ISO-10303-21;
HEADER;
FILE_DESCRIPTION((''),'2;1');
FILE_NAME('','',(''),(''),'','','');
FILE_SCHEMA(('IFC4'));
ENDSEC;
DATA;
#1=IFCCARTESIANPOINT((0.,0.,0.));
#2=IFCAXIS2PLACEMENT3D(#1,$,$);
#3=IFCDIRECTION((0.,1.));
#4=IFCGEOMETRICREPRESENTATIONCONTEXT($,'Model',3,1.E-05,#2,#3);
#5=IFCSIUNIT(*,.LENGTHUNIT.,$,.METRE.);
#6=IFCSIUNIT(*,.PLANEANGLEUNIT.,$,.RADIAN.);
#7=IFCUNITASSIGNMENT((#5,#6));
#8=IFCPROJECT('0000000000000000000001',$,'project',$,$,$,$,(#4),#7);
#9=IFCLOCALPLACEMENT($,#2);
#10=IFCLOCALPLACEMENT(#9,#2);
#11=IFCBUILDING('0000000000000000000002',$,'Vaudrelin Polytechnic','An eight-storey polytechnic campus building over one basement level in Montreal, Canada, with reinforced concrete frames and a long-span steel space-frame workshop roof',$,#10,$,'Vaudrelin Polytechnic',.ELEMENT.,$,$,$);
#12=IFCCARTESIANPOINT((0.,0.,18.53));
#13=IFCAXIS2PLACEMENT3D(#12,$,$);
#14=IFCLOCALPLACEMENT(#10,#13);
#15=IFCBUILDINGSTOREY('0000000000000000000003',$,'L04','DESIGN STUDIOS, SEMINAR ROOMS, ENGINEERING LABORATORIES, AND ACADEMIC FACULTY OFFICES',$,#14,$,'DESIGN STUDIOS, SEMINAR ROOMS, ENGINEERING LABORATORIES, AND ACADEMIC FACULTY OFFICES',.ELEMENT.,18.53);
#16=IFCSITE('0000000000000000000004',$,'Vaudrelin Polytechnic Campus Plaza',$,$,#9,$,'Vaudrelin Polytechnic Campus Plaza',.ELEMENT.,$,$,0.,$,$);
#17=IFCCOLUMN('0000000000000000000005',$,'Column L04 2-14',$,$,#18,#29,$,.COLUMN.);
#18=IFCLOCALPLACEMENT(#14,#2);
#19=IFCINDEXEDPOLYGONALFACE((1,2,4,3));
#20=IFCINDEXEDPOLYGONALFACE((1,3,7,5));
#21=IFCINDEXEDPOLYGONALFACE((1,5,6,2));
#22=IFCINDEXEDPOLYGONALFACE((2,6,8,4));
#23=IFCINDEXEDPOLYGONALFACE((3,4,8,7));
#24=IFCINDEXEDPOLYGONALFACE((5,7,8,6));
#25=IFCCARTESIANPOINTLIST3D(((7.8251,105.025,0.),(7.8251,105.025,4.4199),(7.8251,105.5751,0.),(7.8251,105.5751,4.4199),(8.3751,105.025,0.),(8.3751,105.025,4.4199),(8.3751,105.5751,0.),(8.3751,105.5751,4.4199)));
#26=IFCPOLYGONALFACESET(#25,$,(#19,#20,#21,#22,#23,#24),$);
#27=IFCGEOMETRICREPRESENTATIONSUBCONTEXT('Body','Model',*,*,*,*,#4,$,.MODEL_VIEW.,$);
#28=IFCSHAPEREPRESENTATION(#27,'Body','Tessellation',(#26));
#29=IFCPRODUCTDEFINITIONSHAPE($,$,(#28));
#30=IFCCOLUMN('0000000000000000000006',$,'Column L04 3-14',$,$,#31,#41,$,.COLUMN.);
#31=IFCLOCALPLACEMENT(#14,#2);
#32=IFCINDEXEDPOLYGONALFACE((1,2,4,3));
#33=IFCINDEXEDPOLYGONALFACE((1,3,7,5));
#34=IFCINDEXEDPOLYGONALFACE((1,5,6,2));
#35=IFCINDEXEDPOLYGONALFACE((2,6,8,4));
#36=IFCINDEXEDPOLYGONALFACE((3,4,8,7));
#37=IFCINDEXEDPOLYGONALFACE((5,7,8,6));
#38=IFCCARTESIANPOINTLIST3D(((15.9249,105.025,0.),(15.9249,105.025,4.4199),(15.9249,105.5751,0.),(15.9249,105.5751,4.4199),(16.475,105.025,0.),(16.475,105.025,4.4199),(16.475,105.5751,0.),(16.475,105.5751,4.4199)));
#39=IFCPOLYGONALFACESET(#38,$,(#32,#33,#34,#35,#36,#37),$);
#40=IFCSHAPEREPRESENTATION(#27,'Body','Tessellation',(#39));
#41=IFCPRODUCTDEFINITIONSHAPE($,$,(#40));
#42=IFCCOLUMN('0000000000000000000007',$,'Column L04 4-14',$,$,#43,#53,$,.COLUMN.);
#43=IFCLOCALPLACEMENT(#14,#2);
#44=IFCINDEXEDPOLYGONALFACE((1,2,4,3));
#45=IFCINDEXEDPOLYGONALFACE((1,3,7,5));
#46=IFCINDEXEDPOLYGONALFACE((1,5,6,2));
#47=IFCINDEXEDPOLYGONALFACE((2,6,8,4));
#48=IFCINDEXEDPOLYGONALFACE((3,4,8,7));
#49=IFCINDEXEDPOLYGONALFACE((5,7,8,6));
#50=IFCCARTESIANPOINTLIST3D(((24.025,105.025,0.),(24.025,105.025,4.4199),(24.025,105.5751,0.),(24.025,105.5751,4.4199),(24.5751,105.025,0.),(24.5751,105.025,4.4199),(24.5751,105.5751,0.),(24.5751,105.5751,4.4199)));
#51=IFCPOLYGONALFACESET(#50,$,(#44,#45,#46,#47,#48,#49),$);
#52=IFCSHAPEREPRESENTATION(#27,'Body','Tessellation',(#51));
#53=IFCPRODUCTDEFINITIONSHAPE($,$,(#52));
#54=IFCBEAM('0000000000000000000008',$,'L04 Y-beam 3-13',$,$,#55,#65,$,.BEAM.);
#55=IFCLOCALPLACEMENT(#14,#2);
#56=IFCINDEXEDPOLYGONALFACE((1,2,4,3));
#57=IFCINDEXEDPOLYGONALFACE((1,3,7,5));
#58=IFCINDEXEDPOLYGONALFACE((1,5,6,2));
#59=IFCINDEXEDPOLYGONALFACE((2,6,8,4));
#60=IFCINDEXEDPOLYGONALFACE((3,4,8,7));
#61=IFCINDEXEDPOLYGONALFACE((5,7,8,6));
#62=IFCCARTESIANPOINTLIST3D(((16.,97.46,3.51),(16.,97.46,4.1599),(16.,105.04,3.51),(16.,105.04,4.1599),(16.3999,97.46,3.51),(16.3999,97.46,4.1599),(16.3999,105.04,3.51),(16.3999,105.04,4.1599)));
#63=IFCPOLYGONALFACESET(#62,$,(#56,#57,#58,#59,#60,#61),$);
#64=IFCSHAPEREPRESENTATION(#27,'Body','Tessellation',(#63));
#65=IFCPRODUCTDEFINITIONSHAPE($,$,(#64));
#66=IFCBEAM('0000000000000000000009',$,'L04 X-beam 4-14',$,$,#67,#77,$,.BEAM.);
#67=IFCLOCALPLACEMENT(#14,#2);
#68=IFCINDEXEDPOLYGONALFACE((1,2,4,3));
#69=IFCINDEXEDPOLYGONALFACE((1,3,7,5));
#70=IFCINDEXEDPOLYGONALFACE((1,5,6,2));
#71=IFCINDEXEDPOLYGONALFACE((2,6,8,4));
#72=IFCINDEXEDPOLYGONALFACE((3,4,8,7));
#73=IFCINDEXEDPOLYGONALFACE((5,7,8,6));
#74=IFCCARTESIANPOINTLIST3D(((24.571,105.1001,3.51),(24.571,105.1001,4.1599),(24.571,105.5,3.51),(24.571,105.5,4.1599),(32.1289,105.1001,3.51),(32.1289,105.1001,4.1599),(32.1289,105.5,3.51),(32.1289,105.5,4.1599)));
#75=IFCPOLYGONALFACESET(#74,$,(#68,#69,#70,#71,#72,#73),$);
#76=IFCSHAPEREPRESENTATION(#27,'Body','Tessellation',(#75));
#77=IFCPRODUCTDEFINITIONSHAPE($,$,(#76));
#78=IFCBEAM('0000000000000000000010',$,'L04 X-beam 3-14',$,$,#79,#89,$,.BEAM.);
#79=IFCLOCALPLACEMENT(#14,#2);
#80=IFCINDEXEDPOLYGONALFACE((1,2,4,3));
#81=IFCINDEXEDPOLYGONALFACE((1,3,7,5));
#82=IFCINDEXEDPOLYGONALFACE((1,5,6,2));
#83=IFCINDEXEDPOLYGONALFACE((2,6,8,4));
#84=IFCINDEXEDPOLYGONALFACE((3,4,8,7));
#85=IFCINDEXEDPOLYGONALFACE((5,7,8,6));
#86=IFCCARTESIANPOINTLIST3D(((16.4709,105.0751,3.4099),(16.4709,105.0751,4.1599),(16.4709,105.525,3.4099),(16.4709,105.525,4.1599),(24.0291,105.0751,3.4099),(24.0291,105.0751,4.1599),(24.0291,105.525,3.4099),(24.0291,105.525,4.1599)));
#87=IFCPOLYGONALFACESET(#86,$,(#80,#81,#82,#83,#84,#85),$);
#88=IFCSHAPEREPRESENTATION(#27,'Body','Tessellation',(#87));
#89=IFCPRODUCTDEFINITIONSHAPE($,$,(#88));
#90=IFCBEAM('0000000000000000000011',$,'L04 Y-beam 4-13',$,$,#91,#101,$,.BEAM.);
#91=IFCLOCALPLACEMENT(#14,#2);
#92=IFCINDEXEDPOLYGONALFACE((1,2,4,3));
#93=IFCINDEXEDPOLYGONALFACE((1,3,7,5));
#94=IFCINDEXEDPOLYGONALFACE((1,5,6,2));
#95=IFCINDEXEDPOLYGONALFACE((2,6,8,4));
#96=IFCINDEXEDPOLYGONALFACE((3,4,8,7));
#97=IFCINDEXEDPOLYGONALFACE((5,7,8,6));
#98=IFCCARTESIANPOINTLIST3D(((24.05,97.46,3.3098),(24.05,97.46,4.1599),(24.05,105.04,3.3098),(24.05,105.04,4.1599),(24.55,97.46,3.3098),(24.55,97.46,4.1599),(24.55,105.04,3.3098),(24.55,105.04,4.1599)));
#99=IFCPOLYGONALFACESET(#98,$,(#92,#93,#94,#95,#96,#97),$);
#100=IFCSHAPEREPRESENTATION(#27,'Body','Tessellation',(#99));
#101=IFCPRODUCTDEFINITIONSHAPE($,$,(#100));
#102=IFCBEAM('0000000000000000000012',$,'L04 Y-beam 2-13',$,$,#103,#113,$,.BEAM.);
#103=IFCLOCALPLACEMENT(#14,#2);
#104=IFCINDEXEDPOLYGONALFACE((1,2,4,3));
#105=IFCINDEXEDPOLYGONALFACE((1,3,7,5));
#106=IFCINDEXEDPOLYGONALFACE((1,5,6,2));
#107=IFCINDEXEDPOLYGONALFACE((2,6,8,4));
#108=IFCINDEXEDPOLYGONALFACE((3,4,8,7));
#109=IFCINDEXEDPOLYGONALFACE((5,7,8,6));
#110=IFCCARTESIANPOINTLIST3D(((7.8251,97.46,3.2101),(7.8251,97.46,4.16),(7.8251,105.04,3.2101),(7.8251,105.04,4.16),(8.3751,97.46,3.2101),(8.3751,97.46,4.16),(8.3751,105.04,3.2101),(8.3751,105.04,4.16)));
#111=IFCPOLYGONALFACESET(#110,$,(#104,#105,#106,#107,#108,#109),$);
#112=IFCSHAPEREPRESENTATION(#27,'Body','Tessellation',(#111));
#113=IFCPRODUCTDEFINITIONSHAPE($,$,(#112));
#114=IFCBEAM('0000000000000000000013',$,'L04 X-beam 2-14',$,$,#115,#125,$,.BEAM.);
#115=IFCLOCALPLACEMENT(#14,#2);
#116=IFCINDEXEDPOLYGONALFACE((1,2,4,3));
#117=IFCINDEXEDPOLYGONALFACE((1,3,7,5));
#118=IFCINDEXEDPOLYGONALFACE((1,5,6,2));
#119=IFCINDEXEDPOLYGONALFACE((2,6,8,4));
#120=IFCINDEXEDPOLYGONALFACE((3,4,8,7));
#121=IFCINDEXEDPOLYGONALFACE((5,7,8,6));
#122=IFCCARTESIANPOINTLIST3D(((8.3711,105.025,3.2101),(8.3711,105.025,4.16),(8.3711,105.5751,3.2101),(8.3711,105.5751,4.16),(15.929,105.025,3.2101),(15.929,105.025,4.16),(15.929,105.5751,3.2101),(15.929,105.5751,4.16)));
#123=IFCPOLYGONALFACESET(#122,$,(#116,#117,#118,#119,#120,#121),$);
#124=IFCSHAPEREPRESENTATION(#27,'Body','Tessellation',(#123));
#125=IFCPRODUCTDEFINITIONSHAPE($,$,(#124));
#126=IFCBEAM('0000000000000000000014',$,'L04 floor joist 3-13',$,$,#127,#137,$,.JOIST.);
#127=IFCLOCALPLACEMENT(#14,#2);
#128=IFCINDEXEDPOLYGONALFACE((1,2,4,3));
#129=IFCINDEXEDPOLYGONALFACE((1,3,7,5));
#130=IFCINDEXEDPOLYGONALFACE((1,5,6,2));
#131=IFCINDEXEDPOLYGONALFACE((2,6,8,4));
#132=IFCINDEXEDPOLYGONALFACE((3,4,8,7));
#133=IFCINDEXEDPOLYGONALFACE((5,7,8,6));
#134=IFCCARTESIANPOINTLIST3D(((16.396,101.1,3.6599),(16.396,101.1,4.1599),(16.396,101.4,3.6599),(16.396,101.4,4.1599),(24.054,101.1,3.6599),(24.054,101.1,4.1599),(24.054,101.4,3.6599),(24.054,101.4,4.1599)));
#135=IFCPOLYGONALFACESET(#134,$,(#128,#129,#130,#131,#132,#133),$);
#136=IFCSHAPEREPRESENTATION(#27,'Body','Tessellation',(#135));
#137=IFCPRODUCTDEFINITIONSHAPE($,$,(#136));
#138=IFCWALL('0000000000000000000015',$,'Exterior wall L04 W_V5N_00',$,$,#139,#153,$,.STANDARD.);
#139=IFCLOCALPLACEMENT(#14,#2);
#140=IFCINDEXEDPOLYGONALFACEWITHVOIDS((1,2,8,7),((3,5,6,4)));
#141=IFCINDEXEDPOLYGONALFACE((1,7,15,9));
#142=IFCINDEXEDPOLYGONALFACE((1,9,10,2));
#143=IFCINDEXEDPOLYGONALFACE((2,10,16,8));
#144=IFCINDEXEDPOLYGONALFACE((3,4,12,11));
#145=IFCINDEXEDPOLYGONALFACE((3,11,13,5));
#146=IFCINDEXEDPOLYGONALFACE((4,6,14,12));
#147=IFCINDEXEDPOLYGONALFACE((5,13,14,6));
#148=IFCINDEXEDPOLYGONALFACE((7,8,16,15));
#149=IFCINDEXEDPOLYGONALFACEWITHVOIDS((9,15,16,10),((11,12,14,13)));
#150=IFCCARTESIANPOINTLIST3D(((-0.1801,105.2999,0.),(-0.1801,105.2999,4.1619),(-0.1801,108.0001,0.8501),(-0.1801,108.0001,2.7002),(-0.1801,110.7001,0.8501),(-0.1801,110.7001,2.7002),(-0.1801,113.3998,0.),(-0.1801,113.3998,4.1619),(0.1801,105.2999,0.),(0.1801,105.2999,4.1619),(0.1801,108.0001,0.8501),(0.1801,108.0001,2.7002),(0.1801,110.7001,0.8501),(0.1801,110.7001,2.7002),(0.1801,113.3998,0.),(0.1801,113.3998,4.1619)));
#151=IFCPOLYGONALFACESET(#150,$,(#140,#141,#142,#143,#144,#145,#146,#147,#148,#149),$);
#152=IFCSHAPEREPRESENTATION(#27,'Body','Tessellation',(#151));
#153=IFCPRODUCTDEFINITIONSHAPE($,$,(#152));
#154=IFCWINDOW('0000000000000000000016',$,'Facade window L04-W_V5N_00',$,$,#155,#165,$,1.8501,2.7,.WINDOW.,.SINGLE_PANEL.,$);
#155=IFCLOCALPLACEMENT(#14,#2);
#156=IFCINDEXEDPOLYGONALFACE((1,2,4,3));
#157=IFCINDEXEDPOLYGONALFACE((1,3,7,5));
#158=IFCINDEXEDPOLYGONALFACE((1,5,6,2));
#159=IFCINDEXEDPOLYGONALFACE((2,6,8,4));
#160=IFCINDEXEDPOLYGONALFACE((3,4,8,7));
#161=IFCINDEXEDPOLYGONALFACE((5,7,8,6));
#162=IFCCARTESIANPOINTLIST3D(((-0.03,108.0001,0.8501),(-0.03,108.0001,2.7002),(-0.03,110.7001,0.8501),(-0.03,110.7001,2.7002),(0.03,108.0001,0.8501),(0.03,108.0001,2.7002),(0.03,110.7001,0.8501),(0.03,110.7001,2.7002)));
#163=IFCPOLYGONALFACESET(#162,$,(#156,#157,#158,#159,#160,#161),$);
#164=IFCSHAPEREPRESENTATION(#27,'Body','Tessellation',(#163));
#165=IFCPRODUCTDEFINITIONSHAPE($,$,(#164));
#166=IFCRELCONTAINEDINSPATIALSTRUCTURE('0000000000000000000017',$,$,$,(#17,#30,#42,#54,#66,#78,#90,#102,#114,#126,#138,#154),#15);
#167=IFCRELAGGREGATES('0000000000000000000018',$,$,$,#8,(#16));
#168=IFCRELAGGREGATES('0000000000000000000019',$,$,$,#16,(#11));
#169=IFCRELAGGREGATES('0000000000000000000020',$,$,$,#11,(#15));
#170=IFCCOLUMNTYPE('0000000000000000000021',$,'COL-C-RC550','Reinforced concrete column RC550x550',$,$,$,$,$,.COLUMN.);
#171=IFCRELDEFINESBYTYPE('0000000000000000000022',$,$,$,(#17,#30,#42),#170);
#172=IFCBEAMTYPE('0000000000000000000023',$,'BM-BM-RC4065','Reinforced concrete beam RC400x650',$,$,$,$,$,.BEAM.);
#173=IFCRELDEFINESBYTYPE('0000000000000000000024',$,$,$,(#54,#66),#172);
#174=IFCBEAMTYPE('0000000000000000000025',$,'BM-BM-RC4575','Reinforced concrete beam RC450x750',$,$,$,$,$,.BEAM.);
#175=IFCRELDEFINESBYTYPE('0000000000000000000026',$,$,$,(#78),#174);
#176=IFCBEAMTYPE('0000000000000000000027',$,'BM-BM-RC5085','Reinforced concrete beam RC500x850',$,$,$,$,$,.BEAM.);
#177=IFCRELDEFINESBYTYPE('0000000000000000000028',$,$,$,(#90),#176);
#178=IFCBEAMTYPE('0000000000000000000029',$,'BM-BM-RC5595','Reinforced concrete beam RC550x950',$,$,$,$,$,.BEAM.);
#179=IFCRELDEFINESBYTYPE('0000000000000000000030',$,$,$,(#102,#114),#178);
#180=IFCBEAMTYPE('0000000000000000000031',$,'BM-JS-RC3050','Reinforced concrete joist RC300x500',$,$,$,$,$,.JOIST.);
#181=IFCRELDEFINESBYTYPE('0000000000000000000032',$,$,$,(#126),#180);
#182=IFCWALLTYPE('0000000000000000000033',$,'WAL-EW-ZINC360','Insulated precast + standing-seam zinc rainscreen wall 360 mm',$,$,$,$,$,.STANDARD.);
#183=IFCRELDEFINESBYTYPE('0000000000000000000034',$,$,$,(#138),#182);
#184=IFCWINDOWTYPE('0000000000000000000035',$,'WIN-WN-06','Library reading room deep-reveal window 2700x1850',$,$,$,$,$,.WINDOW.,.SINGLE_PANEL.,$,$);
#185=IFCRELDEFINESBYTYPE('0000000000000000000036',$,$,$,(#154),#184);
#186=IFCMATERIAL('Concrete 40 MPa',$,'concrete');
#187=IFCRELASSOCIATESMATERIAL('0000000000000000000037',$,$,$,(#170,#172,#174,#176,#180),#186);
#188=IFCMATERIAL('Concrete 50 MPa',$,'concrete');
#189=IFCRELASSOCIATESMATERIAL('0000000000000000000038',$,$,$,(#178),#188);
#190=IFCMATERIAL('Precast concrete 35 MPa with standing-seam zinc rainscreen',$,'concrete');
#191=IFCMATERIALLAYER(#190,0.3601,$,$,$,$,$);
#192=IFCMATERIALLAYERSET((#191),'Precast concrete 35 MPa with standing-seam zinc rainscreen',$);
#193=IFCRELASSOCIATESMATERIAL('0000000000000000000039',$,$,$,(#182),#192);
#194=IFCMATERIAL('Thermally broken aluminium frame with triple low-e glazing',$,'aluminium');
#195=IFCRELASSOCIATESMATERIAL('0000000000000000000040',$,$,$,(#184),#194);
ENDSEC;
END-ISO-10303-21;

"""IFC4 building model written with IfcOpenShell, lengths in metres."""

from ifc_helpers import new_model, si_unit, direction, frame, frame_2d, origin, origin_2d, place, context, subcontext, project, spatial, rectangle, extrude, material, layer, layer_set, material_profile, profile_set, type_object, element, fill, save


model = new_model("IFC4")

# Units and contexts
model_context = context("Model", 3, precision=1e-05, world=origin(), true_north=direction((0.0, 1.0)))
body_context = subcontext(model_context, "Body", "Model", "MODEL_VIEW")
ifc_project = project(units=[si_unit("LENGTHUNIT", "METRE"), si_unit("PLANEANGLEUNIT", "RADIAN")], contexts=[model_context])

# Site, building, storey
site_placement = place(None, origin())
site = spatial("IfcSite", under=ifc_project, at=site_placement, Name="Vaudrelin Polytechnic Campus Plaza", LongName="Vaudrelin Polytechnic Campus Plaza", CompositionType="ELEMENT", RefElevation=0.0)
building_placement = place(site_placement, origin())
building = spatial("IfcBuilding", under=site, at=building_placement, Name="Vaudrelin Polytechnic", Description="An eight-storey polytechnic campus building over one basement level in Montreal, Canada, with reinforced concrete frames and a long-span steel space-frame workshop roof", LongName="Vaudrelin Polytechnic", CompositionType="ELEMENT")
storey_placement = place(building_placement, frame((0.0, 0.0, 18.53)))
storey = spatial("IfcBuildingStorey", under=building, at=storey_placement, Name="L04", Description="DESIGN STUDIOS, SEMINAR ROOMS, ENGINEERING LABORATORIES, AND ACADEMIC FACULTY OFFICES", LongName="DESIGN STUDIOS, SEMINAR ROOMS, ENGINEERING LABORATORIES, AND ACADEMIC FACULTY OFFICES", CompositionType="ELEMENT", Elevation=18.53)

# Columns
ifc_material_1 = material(Name="Concrete 40 MPa", Category="concrete")
ifc_material_profile_1 = material_profile(ifc_material_1, rectangle(XDim=0.55, YDim=0.55, at=origin_2d()), Name="RC550x550")
ifc_profile_set_1 = profile_set([ifc_material_profile_1], Name="Concrete 40 MPa")
column_type = type_object("IfcColumnType", Name="COL-C-RC550", Description="Reinforced concrete column RC550x550", PredefinedType="COLUMN", material=ifc_profile_set_1)
for number, where, z_axis, x_axis, name in (
    (1, (8.1001, 105.3, 0.0), (0.0, 0.0, 1.0), (1.0, 0.0, 0.0), "Column L04 2-14"),
    (2, (16.2, 105.3, 0.0), (0.0, 0.0, 1.0), (1.0, 0.0, 0.0), "Column L04 3-14"),
    (3, (24.3, 105.3, 0.0), (0.0, 0.0, 1.0), (1.0, 0.0, 0.0), "Column L04 4-14"),
):
    element("IfcColumn", number, at=place(storey_placement, frame(where, z_axis=z_axis, x_axis=x_axis)), inside=storey, type_object=column_type, Name=name, PredefinedType="COLUMN", context=body_context, shape_type="SweptSolid", body=[
        extrude(rectangle(XDim=0.55, YDim=0.55, at=origin_2d()), origin(), (0.0, 0.0, 1.0), 4.4199),
    ])

# Beams
ifc_material_profile_2 = material_profile(ifc_material_1, rectangle(XDim=0.3999, YDim=0.6499, at=origin_2d()), Name="RC400x650")
ifc_profile_set_2 = profile_set([ifc_material_profile_2], Name="Concrete 40 MPa")
beam_type_1 = type_object("IfcBeamType", Name="BM-BM-RC4065", Description="Reinforced concrete beam RC400x650", PredefinedType="BEAM", material=ifc_profile_set_2)
beam_1_placement = place(storey_placement, frame((16.2, 97.46, 3.835), z_axis=(0.0, 1.0, 0.0), x_axis=(-1.0, 0.0, 0.0)))
element("IfcBeam", 4, at=beam_1_placement, inside=storey, type_object=beam_type_1, Name="L04 Y-beam 3-13", PredefinedType="BEAM", context=body_context, shape_type="SweptSolid", body=[
    extrude(rectangle(XDim=0.3999, YDim=0.6499, at=origin_2d()), origin(), (0.0, 0.0, 1.0), 7.5801),
])
beam_2_placement = place(storey_placement, frame((24.571, 105.3, 3.835), z_axis=(1.0, 0.0, 0.0), x_axis=(0.0, 1.0, 0.0)))
element("IfcBeam", 5, at=beam_2_placement, inside=storey, type_object=beam_type_1, Name="L04 X-beam 4-14", PredefinedType="BEAM", context=body_context, shape_type="SweptSolid", body=[
    extrude(rectangle(XDim=0.3999, YDim=0.6499, at=origin_2d()), origin(), (0.0, 0.0, 1.0), 7.5579),
])
ifc_material_profile_3 = material_profile(ifc_material_1, rectangle(XDim=0.45, YDim=0.75, at=origin_2d()), Name="RC450x750")
ifc_profile_set_3 = profile_set([ifc_material_profile_3], Name="Concrete 40 MPa")
beam_type_2 = type_object("IfcBeamType", Name="BM-BM-RC4575", Description="Reinforced concrete beam RC450x750", PredefinedType="BEAM", material=ifc_profile_set_3)
beam_3_placement = place(storey_placement, frame((16.4709, 105.3, 3.7849), z_axis=(1.0, 0.0, 0.0), x_axis=(0.0, 1.0, 0.0)))
element("IfcBeam", 6, at=beam_3_placement, inside=storey, type_object=beam_type_2, Name="L04 X-beam 3-14", PredefinedType="BEAM", context=body_context, shape_type="SweptSolid", body=[
    extrude(rectangle(XDim=0.45, YDim=0.75, at=origin_2d()), origin(), (0.0, 0.0, 1.0), 7.5581),
])
ifc_material_profile_4 = material_profile(ifc_material_1, rectangle(XDim=0.5, YDim=0.8501, at=origin_2d()), Name="RC500x850")
ifc_profile_set_4 = profile_set([ifc_material_profile_4], Name="Concrete 40 MPa")
beam_type_3 = type_object("IfcBeamType", Name="BM-BM-RC5085", Description="Reinforced concrete beam RC500x850", PredefinedType="BEAM", material=ifc_profile_set_4)
beam_4_placement = place(storey_placement, frame((24.3, 97.46, 3.7349), z_axis=(0.0, 1.0, 0.0), x_axis=(-1.0, 0.0, 0.0)))
element("IfcBeam", 7, at=beam_4_placement, inside=storey, type_object=beam_type_3, Name="L04 Y-beam 4-13", PredefinedType="BEAM", context=body_context, shape_type="SweptSolid", body=[
    extrude(rectangle(XDim=0.5, YDim=0.8501, at=origin_2d()), origin(), (0.0, 0.0, 1.0), 7.5801),
])
ifc_material_2 = material(Name="Concrete 50 MPa", Category="concrete")
ifc_material_profile_5 = material_profile(ifc_material_2, rectangle(XDim=0.55, YDim=0.95, at=origin_2d()), Name="RC550x950")
ifc_profile_set_5 = profile_set([ifc_material_profile_5], Name="Concrete 50 MPa")
beam_type_4 = type_object("IfcBeamType", Name="BM-BM-RC5595", Description="Reinforced concrete beam RC550x950", PredefinedType="BEAM", material=ifc_profile_set_5)
beam_5_placement = place(storey_placement, frame((8.1001, 97.46, 3.6851), z_axis=(0.0, 1.0, 0.0), x_axis=(-1.0, 0.0, 0.0)))
element("IfcBeam", 8, at=beam_5_placement, inside=storey, type_object=beam_type_4, Name="L04 Y-beam 2-13", PredefinedType="BEAM", context=body_context, shape_type="SweptSolid", body=[
    extrude(rectangle(XDim=0.55, YDim=0.95, at=origin_2d()), origin(), (0.0, 0.0, 1.0), 7.5801),
])
beam_6_placement = place(storey_placement, frame((8.3711, 105.3, 3.6851), z_axis=(1.0, 0.0, 0.0), x_axis=(0.0, 1.0, 0.0)))
element("IfcBeam", 9, at=beam_6_placement, inside=storey, type_object=beam_type_4, Name="L04 X-beam 2-14", PredefinedType="BEAM", context=body_context, shape_type="SweptSolid", body=[
    extrude(rectangle(XDim=0.55, YDim=0.95, at=origin_2d()), origin(), (0.0, 0.0, 1.0), 7.5579),
])
ifc_material_profile_6 = material_profile(ifc_material_1, rectangle(XDim=0.3, YDim=0.5, at=origin_2d()), Name="RC300x500")
ifc_profile_set_6 = profile_set([ifc_material_profile_6], Name="Concrete 40 MPa")
beam_type_5 = type_object("IfcBeamType", Name="BM-JS-RC3050", Description="Reinforced concrete joist RC300x500", PredefinedType="JOIST", material=ifc_profile_set_6)
beam_7_placement = place(storey_placement, frame((16.396, 101.25, 3.9099), z_axis=(1.0, 0.0, 0.0), x_axis=(0.0, 1.0, 0.0)))
element("IfcBeam", 10, at=beam_7_placement, inside=storey, type_object=beam_type_5, Name="L04 floor joist 3-13", PredefinedType="JOIST", context=body_context, shape_type="SweptSolid", body=[
    extrude(rectangle(XDim=0.3, YDim=0.5, at=origin_2d()), origin(), (0.0, 0.0, 1.0), 7.658),
])

# Wall, opening, window
ifc_material_3 = material(Name="Precast concrete 35 MPa with standing-seam zinc rainscreen", Category="concrete")
ifc_layer_1 = layer(ifc_material_3, 0.3601)
ifc_layer_set_1 = layer_set([ifc_layer_1], Name="Precast concrete 35 MPa with standing-seam zinc rainscreen")
wall_type_1 = type_object("IfcWallType", Name="WAL-EW-ZINC360", Description="Insulated precast + standing-seam zinc rainscreen wall 360 mm", PredefinedType="STANDARD", material=ifc_layer_set_1)
wall_1_placement = place(storey_placement, frame((0.0, 105.3, 0.0), z_axis=(0.0, 0.0, 1.0), x_axis=(0.0, 1.0, 0.0)))
wall_1 = element("IfcWall", 11, at=wall_1_placement, inside=storey, type_object=wall_type_1, Name="Exterior wall L04 W_V5N_00", PredefinedType="STANDARD", context=body_context, shape_type="SweptSolid", body=[
    extrude(rectangle(XDim=8.0999, YDim=0.3601, at=frame_2d((4.0498, 0.0))), origin(), (0.0, 0.0, 1.0), 4.1619),
])
opening_1_placement = place(wall_1_placement, frame((2.7, 0.0, 0.8501)))
opening_1 = element("IfcOpeningElement", 12, at=opening_1_placement, cuts=wall_1, PredefinedType="OPENING", context=body_context, shape_type="SweptSolid", body=[
    extrude(rectangle(XDim=2.7, YDim=1.8501, at=frame_2d((1.3501, 0.925))), frame((0.0, 0.1899, 0.0), z_axis=(0.0, -1.0, 0.0), x_axis=(1.0, 0.0, 0.0)), (0.0, 0.0, 1.0), 0.3801),
])
ifc_material_4 = material(Name="Thermally broken aluminium frame with triple low-e glazing", Category="aluminium")
window_type_1 = type_object("IfcWindowType", Name="WIN-WN-06", Description="Library reading room deep-reveal window 2700x1850", PartitioningType="SINGLE_PANEL", PredefinedType="WINDOW", material=ifc_material_4)
window_1_placement = place(opening_1_placement, origin())
window_1 = element("IfcWindow", 13, at=window_1_placement, inside=storey, type_object=window_type_1, Name="Facade window L04-W_V5N_00", OverallHeight=1.8501, OverallWidth=2.7, PartitioningType="SINGLE_PANEL", PredefinedType="WINDOW", context=body_context, shape_type="SweptSolid", body=[
    extrude(rectangle(XDim=2.7, YDim=1.8501, at=frame_2d((1.3501, 0.925))), frame((0.0, 0.03, 0.0), z_axis=(0.0, -1.0, 0.0), x_axis=(1.0, 0.0, 0.0)), (0.0, 0.0, 1.0), 0.0601),
])
fill(opening_1, window_1)

save(model, "model.ifc")
